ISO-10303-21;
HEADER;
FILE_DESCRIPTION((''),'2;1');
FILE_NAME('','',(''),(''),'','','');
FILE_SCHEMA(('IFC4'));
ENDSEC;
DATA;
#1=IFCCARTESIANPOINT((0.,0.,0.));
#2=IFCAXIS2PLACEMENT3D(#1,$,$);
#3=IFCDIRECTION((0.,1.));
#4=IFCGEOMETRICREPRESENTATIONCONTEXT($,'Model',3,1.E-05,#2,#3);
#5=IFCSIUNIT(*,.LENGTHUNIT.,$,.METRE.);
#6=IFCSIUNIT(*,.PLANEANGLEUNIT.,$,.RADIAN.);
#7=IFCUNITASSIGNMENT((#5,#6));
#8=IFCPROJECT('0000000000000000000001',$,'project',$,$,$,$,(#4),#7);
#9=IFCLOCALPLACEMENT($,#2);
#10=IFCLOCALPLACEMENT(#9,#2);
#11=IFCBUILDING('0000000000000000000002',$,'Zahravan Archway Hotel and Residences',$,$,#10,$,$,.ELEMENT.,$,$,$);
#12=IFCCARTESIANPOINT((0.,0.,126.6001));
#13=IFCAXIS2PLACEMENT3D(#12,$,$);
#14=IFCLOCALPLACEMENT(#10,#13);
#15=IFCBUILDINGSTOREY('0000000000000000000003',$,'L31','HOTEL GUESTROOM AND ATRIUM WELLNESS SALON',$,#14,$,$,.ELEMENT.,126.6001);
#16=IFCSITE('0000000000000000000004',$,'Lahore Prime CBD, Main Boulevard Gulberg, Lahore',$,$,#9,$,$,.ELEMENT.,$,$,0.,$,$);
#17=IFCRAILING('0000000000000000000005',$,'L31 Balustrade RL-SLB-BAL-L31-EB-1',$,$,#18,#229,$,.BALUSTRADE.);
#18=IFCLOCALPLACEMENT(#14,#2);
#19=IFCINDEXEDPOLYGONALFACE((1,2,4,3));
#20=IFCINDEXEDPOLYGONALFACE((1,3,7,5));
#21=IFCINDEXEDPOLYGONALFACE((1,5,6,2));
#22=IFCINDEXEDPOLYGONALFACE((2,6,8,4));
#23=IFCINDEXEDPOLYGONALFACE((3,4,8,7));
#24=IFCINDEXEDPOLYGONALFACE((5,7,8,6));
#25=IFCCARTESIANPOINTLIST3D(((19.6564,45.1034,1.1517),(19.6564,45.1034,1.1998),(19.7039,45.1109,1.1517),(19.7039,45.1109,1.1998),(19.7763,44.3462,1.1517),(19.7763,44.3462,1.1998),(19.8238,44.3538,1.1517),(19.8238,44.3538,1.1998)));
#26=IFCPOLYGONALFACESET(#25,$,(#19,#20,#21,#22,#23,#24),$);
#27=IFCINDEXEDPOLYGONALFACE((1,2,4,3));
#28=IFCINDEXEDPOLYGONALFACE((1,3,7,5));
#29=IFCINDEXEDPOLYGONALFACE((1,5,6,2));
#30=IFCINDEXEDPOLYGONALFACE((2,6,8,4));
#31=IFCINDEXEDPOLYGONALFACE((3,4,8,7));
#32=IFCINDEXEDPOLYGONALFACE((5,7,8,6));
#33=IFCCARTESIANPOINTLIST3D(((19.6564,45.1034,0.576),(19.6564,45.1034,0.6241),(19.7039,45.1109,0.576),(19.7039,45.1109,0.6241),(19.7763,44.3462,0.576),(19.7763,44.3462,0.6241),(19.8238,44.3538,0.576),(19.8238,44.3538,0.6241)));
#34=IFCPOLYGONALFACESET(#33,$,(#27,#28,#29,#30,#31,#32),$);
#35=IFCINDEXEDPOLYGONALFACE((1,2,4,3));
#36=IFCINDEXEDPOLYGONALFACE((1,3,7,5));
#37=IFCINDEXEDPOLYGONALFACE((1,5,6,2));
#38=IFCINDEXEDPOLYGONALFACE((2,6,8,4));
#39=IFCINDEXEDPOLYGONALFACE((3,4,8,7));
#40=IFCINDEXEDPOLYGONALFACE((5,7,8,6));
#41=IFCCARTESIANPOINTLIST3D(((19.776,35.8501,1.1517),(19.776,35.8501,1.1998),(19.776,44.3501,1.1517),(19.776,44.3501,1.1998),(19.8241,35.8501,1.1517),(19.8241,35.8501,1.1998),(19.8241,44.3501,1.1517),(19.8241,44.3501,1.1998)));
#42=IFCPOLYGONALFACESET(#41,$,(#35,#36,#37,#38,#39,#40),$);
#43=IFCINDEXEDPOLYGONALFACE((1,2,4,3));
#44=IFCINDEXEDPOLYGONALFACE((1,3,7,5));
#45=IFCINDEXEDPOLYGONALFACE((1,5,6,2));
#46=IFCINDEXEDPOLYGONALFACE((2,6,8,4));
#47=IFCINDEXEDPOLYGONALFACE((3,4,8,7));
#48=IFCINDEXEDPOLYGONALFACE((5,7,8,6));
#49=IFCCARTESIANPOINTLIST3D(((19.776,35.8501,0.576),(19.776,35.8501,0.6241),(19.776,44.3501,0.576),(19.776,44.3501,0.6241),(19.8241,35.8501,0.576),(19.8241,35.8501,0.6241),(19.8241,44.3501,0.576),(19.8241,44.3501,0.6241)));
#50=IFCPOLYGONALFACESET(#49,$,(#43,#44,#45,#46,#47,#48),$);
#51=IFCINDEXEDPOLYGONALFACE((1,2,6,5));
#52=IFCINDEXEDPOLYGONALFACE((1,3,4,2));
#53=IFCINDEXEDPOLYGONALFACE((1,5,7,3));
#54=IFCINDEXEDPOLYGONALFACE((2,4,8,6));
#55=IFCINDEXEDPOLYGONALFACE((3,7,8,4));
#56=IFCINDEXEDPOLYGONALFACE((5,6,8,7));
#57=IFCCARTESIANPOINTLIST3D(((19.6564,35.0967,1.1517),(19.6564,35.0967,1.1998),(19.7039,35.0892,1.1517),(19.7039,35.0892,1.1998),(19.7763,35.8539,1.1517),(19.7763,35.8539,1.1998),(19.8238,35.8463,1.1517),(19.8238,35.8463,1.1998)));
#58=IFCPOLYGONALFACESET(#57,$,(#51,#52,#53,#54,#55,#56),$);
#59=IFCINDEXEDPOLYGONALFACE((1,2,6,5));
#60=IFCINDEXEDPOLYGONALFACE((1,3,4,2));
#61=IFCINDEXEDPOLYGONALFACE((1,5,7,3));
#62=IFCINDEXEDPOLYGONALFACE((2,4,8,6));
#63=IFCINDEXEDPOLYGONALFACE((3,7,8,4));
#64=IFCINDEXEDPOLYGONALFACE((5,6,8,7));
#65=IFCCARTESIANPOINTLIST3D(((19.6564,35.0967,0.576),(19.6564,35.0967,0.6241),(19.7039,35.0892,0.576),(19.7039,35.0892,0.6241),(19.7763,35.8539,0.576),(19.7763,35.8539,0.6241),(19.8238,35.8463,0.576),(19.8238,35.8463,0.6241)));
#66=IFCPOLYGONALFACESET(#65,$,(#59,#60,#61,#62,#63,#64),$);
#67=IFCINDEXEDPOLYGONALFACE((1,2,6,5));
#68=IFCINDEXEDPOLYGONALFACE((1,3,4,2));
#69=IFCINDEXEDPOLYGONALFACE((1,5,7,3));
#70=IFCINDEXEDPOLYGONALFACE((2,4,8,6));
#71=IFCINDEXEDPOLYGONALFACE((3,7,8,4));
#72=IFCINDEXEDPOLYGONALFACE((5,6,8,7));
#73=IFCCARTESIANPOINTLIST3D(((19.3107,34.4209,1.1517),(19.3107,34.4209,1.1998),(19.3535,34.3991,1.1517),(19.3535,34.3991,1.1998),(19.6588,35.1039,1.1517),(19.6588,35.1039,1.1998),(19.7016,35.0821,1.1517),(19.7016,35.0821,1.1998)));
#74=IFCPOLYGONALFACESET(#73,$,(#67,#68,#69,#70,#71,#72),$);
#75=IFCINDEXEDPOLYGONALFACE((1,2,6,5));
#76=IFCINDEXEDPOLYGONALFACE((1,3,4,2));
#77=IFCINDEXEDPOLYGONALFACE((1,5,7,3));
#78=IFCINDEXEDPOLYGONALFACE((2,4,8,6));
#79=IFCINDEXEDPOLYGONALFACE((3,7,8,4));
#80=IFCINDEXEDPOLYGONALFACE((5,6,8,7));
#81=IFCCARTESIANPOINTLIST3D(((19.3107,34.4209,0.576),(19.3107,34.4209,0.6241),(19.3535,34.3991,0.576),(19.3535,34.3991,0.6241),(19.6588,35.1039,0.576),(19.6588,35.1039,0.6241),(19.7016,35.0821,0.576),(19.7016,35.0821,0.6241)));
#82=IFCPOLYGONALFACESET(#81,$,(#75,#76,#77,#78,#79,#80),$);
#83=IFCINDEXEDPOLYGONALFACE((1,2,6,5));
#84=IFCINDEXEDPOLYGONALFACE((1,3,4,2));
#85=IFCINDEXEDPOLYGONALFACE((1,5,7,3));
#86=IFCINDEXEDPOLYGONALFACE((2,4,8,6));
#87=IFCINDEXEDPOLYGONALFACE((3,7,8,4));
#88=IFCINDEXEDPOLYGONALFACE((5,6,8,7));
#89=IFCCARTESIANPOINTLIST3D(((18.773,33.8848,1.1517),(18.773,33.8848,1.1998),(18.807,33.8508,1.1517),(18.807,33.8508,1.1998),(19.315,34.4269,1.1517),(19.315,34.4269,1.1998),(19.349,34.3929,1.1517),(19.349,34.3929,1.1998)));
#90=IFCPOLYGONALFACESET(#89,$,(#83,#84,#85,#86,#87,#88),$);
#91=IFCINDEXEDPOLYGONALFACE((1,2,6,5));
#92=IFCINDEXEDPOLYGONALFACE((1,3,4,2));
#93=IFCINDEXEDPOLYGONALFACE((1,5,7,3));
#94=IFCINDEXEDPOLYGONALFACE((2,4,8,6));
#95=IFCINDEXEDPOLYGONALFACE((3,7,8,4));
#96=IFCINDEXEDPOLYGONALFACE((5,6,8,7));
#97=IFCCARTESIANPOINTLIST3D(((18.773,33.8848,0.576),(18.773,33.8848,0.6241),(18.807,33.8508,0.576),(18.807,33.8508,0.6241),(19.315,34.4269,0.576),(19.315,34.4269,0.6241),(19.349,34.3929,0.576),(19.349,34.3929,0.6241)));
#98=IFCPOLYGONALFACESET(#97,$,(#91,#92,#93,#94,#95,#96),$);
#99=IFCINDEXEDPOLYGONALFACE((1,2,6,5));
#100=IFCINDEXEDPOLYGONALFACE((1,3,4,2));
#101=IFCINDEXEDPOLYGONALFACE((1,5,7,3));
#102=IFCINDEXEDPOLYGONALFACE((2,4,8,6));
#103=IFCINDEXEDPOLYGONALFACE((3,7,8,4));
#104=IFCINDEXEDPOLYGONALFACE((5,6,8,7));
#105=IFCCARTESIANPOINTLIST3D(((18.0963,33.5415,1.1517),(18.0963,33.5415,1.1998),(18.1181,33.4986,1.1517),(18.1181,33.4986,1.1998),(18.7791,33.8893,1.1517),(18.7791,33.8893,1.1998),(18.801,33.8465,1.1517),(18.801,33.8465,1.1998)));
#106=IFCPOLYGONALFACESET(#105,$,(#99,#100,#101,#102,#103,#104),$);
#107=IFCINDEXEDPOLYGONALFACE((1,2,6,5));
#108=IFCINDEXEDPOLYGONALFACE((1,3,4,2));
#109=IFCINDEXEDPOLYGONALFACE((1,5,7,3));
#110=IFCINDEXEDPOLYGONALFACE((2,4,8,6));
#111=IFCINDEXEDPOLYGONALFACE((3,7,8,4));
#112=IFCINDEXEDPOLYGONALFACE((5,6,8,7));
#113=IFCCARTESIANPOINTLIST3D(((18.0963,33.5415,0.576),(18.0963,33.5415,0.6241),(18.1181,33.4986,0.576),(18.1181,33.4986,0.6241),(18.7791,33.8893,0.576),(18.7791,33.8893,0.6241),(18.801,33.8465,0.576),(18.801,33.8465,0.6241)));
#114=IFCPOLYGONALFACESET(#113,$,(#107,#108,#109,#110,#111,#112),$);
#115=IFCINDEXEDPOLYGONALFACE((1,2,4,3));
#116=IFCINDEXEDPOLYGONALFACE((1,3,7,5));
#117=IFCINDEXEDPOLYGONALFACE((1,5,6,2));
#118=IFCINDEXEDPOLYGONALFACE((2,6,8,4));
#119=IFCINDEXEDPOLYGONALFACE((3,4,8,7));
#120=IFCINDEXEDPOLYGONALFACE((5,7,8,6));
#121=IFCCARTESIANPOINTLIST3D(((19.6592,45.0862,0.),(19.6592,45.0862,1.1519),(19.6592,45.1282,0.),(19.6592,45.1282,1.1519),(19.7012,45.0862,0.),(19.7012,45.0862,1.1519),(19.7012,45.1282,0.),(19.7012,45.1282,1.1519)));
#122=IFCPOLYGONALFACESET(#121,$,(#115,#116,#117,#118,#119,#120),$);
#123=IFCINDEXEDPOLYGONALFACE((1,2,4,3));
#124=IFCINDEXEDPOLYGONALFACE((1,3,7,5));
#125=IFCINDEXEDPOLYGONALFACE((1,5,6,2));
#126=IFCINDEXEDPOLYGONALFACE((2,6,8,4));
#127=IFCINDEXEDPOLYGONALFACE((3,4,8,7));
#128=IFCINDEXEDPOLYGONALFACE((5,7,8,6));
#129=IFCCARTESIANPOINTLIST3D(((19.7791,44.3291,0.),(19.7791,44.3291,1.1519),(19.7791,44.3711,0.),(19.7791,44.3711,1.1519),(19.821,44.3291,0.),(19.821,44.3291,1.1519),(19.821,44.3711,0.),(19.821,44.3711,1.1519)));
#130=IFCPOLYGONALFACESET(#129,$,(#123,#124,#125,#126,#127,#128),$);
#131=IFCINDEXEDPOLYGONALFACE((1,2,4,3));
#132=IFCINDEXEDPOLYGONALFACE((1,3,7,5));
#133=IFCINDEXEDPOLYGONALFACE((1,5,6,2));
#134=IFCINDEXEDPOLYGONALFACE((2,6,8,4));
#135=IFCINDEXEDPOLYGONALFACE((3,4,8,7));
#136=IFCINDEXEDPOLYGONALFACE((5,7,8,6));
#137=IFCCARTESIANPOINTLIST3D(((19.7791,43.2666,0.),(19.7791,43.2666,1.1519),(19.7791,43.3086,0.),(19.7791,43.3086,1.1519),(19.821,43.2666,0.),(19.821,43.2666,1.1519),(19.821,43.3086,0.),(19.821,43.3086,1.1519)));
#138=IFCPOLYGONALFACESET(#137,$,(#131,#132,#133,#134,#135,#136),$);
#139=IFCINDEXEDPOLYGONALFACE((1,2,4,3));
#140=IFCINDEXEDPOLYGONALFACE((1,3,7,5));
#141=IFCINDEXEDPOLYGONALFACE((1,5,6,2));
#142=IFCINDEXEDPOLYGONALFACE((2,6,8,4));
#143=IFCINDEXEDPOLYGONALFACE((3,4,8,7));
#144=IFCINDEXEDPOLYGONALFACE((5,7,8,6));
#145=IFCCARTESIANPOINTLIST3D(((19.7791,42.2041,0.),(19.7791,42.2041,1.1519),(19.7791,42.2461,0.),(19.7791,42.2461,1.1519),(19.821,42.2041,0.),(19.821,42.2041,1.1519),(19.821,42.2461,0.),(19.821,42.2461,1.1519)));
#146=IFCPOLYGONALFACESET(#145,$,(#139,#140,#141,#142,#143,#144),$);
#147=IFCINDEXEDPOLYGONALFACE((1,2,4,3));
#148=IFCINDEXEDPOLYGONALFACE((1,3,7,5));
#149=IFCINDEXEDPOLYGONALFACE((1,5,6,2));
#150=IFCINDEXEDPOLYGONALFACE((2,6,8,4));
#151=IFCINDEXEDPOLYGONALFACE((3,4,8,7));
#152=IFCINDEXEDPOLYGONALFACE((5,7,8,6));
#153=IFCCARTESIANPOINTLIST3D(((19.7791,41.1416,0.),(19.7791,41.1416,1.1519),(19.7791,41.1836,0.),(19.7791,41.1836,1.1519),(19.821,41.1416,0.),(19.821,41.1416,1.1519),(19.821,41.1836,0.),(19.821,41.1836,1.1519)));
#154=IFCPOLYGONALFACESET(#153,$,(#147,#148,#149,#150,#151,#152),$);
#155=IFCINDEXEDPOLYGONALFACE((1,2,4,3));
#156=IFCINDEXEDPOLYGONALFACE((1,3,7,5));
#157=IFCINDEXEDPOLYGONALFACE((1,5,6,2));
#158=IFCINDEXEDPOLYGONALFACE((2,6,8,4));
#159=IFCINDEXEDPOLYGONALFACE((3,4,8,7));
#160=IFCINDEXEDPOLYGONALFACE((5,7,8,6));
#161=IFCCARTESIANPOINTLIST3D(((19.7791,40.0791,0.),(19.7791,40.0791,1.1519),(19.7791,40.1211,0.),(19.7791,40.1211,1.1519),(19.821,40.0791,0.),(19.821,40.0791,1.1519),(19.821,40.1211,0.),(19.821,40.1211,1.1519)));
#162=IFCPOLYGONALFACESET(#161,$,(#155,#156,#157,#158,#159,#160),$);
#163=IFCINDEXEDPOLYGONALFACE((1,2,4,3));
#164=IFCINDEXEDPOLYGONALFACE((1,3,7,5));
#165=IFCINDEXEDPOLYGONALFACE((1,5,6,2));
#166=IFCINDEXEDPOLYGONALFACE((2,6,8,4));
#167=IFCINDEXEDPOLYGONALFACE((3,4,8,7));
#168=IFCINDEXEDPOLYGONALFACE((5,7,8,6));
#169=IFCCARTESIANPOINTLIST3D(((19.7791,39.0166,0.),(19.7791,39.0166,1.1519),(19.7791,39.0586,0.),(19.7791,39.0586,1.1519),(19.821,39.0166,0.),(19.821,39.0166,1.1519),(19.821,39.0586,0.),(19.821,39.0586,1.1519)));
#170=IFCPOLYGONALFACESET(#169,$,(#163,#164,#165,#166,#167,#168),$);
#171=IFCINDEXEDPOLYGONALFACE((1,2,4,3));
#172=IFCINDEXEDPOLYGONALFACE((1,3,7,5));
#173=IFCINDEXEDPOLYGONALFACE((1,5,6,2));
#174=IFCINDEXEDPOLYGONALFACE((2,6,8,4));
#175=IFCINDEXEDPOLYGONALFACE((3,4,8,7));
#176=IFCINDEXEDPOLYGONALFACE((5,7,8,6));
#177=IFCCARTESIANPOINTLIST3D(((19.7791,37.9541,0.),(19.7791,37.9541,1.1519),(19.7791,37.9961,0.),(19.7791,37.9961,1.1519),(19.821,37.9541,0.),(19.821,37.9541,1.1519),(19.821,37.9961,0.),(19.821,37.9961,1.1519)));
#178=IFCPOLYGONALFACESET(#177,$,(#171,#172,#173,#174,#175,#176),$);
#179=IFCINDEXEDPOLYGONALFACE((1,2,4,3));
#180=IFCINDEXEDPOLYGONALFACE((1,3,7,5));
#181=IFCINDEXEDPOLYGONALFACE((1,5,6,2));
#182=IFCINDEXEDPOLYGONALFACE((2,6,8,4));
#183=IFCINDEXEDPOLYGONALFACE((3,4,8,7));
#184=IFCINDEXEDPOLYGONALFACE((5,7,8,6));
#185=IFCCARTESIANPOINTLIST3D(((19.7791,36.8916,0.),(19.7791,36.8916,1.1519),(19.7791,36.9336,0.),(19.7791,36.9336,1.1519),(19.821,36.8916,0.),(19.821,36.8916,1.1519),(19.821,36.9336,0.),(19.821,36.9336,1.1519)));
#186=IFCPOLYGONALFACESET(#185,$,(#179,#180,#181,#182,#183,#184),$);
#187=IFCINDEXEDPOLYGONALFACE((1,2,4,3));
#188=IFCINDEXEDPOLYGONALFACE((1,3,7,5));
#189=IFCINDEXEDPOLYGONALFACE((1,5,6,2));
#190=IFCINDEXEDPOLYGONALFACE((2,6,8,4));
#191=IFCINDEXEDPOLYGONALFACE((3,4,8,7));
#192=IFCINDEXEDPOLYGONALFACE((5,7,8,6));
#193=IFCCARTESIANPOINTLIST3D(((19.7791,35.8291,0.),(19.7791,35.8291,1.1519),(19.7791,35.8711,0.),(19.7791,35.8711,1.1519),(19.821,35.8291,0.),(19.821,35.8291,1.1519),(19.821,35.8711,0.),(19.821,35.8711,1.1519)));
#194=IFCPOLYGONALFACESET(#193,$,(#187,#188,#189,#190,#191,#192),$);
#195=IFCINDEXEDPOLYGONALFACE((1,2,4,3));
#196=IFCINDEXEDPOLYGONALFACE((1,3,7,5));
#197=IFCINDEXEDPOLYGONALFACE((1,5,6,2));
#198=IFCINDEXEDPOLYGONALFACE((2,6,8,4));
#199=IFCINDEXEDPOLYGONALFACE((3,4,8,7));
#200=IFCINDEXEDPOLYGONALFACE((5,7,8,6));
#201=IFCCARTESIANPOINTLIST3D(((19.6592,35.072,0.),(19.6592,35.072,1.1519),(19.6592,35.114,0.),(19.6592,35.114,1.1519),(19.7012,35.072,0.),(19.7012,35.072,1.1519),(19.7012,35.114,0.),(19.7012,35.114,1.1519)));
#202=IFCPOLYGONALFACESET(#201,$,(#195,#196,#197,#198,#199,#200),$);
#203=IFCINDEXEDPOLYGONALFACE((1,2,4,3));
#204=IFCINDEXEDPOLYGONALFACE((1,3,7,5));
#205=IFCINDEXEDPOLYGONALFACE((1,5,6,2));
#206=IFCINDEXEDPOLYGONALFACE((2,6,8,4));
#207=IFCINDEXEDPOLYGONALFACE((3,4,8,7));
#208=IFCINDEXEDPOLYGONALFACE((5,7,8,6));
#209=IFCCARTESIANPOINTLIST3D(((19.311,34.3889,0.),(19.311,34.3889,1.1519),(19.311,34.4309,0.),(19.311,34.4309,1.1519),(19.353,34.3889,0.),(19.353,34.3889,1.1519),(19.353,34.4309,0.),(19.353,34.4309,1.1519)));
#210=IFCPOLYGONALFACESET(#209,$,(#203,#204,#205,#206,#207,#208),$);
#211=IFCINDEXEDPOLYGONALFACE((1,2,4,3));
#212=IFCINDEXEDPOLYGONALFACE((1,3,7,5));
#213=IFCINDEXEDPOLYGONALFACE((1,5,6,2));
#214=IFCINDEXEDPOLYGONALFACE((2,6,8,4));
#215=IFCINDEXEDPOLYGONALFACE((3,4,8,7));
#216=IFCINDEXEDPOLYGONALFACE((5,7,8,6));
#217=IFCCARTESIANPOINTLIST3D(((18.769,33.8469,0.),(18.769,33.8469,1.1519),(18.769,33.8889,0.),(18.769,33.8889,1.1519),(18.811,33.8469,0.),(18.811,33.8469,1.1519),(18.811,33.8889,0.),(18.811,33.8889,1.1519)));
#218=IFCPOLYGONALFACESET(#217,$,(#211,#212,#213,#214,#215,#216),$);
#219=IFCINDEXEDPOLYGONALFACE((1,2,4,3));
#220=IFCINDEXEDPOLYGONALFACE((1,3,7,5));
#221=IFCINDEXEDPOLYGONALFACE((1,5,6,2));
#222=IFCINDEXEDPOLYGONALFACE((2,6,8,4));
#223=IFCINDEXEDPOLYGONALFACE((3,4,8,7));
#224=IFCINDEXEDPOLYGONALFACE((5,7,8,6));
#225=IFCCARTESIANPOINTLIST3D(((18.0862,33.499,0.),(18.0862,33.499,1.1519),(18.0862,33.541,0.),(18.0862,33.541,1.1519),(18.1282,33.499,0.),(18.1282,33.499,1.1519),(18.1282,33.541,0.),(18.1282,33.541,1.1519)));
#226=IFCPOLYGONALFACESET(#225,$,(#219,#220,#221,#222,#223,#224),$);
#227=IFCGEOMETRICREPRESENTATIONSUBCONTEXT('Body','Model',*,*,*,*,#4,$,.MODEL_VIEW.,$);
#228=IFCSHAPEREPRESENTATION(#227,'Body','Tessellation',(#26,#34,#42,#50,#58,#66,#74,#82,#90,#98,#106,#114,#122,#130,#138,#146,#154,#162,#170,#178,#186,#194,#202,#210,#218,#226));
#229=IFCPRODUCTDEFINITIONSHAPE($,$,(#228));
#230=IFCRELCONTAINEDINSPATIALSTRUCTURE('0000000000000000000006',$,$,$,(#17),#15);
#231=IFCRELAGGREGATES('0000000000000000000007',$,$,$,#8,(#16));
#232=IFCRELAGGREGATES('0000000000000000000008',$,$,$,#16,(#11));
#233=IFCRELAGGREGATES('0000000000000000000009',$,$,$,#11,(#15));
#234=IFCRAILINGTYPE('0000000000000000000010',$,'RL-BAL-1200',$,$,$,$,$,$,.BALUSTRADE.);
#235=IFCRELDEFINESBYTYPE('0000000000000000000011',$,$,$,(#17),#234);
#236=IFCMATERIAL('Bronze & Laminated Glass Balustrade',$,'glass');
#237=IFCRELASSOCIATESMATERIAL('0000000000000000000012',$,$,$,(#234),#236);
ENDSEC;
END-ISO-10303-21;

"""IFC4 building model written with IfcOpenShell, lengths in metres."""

from ifc_helpers import new_model, si_unit, direction, frame, origin, origin_2d, place, context, subcontext, project, spatial, rectangle, extrude, material, type_object, element, save


model = new_model("IFC4")

# Units and contexts
model_context = context("Model", 3, precision=1e-05, world=origin(), true_north=direction((0.0, 1.0)))
body_context = subcontext(model_context, "Body", "Model", "MODEL_VIEW")
ifc_project = project(units=[si_unit("LENGTHUNIT", "METRE"), si_unit("PLANEANGLEUNIT", "RADIAN")], contexts=[model_context])

# Site, building, storey
site_placement = place(None, origin())
site = spatial("IfcSite", under=ifc_project, at=site_placement, Name="Lahore Prime CBD, Main Boulevard Gulberg, Lahore", CompositionType="ELEMENT", RefElevation=0.0)
building_placement = place(site_placement, origin())
building = spatial("IfcBuilding", under=site, at=building_placement, Name="Zahravan Archway Hotel and Residences", CompositionType="ELEMENT")
storey_placement = place(building_placement, frame((0.0, 0.0, 126.6001)))
storey = spatial("IfcBuildingStorey", under=building, at=storey_placement, Name="L31", Description="HOTEL GUESTROOM AND ATRIUM WELLNESS SALON", CompositionType="ELEMENT", Elevation=126.6001)

# Railing
ifc_material_1 = material(Name="Bronze & Laminated Glass Balustrade", Category="glass")
railing_type = type_object("IfcRailingType", Name="RL-BAL-1200", PredefinedType="BALUSTRADE", material=ifc_material_1)
railing_placement = place(storey_placement, frame((19.6802, 45.1072, 0.0)))
element("IfcRailing", 1, at=railing_placement, inside=storey, type_object=railing_type, Name="L31 Balustrade RL-SLB-BAL-L31-EB-1", PredefinedType="BALUSTRADE", context=body_context, shape_type="SweptSolid", body=[
    extrude(rectangle(XDim=0.0481, YDim=0.0481, at=origin_2d()), frame((0.0, 0.0, 1.1758), z_axis=(0.156388, -0.987696, 0.0), x_axis=(0.987696, 0.156388, 0.0)), (0.0, 0.0, 1.0), 0.7666),
    extrude(rectangle(XDim=0.0481, YDim=0.0481, at=origin_2d()), frame((0.0, 0.0, 0.6001), z_axis=(0.156388, -0.987696, 0.0), x_axis=(0.987696, 0.156388, 0.0)), (0.0, 0.0, 1.0), 0.7666),
    extrude(rectangle(XDim=0.0481, YDim=0.0481, at=origin_2d()), frame((0.1199, -0.7571, 1.1758), z_axis=(0.0, -1.0, 0.0), x_axis=(1.0, 0.0, 0.0)), (0.0, 0.0, 1.0), 8.5),
    extrude(rectangle(XDim=0.0481, YDim=0.0481, at=origin_2d()), frame((0.1199, -0.7571, 0.6001), z_axis=(0.0, -1.0, 0.0), x_axis=(1.0, 0.0, 0.0)), (0.0, 0.0, 1.0), 8.5),
    extrude(rectangle(XDim=0.0481, YDim=0.0481, at=origin_2d()), frame((0.1199, -9.2571, 1.1758), z_axis=(-0.156388, -0.987696, 0.0), x_axis=(0.987696, -0.156388, 0.0)), (0.0, 0.0, 1.0), 0.7666),
    extrude(rectangle(XDim=0.0481, YDim=0.0481, at=origin_2d()), frame((0.1199, -9.2571, 0.6001), z_axis=(-0.156388, -0.987696, 0.0), x_axis=(0.987696, -0.156388, 0.0)), (0.0, 0.0, 1.0), 0.7666),
    extrude(rectangle(XDim=0.0481, YDim=0.0481, at=origin_2d()), frame((0.0, -10.0142, 1.1758), z_axis=(-0.454078, -0.890962, 0.0), x_axis=(0.890962, -0.454078, 0.0)), (0.0, 0.0, 1.0), 0.7666),
    extrude(rectangle(XDim=0.0481, YDim=0.0481, at=origin_2d()), frame((0.0, -10.0142, 0.6001), z_axis=(-0.454078, -0.890962, 0.0), x_axis=(0.890962, -0.454078, 0.0)), (0.0, 0.0, 1.0), 0.7666),
    extrude(rectangle(XDim=0.0481, YDim=0.0481, at=origin_2d()), frame((-0.3481, -10.6973, 1.1758), z_axis=(-0.707107, -0.707107, 0.0), x_axis=(0.707107, -0.707107, 0.0)), (0.0, 0.0, 1.0), 0.7666),
    extrude(rectangle(XDim=0.0481, YDim=0.0481, at=origin_2d()), frame((-0.3481, -10.6973, 0.6001), z_axis=(-0.707107, -0.707107, 0.0), x_axis=(0.707107, -0.707107, 0.0)), (0.0, 0.0, 1.0), 0.7666),
    extrude(rectangle(XDim=0.0481, YDim=0.0481, at=origin_2d()), frame((-0.8901, -11.2393, 1.1758), z_axis=(-0.891025, -0.453954, 0.0), x_axis=(0.453954, -0.891025, 0.0)), (0.0, 0.0, 1.0), 0.7664),
    extrude(rectangle(XDim=0.0481, YDim=0.0481, at=origin_2d()), frame((-0.8901, -11.2393, 0.6001), z_axis=(-0.891025, -0.453954, 0.0), x_axis=(0.453954, -0.891025, 0.0)), (0.0, 0.0, 1.0), 0.7664),
    extrude(rectangle(XDim=0.042, YDim=0.042, at=origin_2d()), origin(), (0.0, 0.0, 1.0), 1.1519),
    extrude(rectangle(XDim=0.042, YDim=0.042, at=origin_2d()), frame((0.1199, -0.7571, 0.0)), (0.0, 0.0, 1.0), 1.1519),
    extrude(rectangle(XDim=0.042, YDim=0.042, at=origin_2d()), frame((0.1199, -1.8196, 0.0)), (0.0, 0.0, 1.0), 1.1519),
    extrude(rectangle(XDim=0.042, YDim=0.042, at=origin_2d()), frame((0.1199, -2.8821, 0.0)), (0.0, 0.0, 1.0), 1.1519),
    extrude(rectangle(XDim=0.042, YDim=0.042, at=origin_2d()), frame((0.1199, -3.9446, 0.0)), (0.0, 0.0, 1.0), 1.1519),
    extrude(rectangle(XDim=0.042, YDim=0.042, at=origin_2d()), frame((0.1199, -5.0071, 0.0)), (0.0, 0.0, 1.0), 1.1519),
    extrude(rectangle(XDim=0.042, YDim=0.042, at=origin_2d()), frame((0.1199, -6.0696, 0.0)), (0.0, 0.0, 1.0), 1.1519),
    extrude(rectangle(XDim=0.042, YDim=0.042, at=origin_2d()), frame((0.1199, -7.1321, 0.0)), (0.0, 0.0, 1.0), 1.1519),
    extrude(rectangle(XDim=0.042, YDim=0.042, at=origin_2d()), frame((0.1199, -8.1946, 0.0)), (0.0, 0.0, 1.0), 1.1519),
    extrude(rectangle(XDim=0.042, YDim=0.042, at=origin_2d()), frame((0.1199, -9.2571, 0.0)), (0.0, 0.0, 1.0), 1.1519),
    extrude(rectangle(XDim=0.042, YDim=0.042, at=origin_2d()), frame((0.0, -10.0142, 0.0)), (0.0, 0.0, 1.0), 1.1519),
    extrude(rectangle(XDim=0.042, YDim=0.042, at=origin_2d()), frame((-0.3481, -10.6973, 0.0)), (0.0, 0.0, 1.0), 1.1519),
    extrude(rectangle(XDim=0.042, YDim=0.042, at=origin_2d()), frame((-0.8901, -11.2393, 0.0)), (0.0, 0.0, 1.0), 1.1519),
    extrude(rectangle(XDim=0.042, YDim=0.042, at=origin_2d()), frame((-1.573, -11.5872, 0.0)), (0.0, 0.0, 1.0), 1.1519),
])

save(model, "model.ifc")
